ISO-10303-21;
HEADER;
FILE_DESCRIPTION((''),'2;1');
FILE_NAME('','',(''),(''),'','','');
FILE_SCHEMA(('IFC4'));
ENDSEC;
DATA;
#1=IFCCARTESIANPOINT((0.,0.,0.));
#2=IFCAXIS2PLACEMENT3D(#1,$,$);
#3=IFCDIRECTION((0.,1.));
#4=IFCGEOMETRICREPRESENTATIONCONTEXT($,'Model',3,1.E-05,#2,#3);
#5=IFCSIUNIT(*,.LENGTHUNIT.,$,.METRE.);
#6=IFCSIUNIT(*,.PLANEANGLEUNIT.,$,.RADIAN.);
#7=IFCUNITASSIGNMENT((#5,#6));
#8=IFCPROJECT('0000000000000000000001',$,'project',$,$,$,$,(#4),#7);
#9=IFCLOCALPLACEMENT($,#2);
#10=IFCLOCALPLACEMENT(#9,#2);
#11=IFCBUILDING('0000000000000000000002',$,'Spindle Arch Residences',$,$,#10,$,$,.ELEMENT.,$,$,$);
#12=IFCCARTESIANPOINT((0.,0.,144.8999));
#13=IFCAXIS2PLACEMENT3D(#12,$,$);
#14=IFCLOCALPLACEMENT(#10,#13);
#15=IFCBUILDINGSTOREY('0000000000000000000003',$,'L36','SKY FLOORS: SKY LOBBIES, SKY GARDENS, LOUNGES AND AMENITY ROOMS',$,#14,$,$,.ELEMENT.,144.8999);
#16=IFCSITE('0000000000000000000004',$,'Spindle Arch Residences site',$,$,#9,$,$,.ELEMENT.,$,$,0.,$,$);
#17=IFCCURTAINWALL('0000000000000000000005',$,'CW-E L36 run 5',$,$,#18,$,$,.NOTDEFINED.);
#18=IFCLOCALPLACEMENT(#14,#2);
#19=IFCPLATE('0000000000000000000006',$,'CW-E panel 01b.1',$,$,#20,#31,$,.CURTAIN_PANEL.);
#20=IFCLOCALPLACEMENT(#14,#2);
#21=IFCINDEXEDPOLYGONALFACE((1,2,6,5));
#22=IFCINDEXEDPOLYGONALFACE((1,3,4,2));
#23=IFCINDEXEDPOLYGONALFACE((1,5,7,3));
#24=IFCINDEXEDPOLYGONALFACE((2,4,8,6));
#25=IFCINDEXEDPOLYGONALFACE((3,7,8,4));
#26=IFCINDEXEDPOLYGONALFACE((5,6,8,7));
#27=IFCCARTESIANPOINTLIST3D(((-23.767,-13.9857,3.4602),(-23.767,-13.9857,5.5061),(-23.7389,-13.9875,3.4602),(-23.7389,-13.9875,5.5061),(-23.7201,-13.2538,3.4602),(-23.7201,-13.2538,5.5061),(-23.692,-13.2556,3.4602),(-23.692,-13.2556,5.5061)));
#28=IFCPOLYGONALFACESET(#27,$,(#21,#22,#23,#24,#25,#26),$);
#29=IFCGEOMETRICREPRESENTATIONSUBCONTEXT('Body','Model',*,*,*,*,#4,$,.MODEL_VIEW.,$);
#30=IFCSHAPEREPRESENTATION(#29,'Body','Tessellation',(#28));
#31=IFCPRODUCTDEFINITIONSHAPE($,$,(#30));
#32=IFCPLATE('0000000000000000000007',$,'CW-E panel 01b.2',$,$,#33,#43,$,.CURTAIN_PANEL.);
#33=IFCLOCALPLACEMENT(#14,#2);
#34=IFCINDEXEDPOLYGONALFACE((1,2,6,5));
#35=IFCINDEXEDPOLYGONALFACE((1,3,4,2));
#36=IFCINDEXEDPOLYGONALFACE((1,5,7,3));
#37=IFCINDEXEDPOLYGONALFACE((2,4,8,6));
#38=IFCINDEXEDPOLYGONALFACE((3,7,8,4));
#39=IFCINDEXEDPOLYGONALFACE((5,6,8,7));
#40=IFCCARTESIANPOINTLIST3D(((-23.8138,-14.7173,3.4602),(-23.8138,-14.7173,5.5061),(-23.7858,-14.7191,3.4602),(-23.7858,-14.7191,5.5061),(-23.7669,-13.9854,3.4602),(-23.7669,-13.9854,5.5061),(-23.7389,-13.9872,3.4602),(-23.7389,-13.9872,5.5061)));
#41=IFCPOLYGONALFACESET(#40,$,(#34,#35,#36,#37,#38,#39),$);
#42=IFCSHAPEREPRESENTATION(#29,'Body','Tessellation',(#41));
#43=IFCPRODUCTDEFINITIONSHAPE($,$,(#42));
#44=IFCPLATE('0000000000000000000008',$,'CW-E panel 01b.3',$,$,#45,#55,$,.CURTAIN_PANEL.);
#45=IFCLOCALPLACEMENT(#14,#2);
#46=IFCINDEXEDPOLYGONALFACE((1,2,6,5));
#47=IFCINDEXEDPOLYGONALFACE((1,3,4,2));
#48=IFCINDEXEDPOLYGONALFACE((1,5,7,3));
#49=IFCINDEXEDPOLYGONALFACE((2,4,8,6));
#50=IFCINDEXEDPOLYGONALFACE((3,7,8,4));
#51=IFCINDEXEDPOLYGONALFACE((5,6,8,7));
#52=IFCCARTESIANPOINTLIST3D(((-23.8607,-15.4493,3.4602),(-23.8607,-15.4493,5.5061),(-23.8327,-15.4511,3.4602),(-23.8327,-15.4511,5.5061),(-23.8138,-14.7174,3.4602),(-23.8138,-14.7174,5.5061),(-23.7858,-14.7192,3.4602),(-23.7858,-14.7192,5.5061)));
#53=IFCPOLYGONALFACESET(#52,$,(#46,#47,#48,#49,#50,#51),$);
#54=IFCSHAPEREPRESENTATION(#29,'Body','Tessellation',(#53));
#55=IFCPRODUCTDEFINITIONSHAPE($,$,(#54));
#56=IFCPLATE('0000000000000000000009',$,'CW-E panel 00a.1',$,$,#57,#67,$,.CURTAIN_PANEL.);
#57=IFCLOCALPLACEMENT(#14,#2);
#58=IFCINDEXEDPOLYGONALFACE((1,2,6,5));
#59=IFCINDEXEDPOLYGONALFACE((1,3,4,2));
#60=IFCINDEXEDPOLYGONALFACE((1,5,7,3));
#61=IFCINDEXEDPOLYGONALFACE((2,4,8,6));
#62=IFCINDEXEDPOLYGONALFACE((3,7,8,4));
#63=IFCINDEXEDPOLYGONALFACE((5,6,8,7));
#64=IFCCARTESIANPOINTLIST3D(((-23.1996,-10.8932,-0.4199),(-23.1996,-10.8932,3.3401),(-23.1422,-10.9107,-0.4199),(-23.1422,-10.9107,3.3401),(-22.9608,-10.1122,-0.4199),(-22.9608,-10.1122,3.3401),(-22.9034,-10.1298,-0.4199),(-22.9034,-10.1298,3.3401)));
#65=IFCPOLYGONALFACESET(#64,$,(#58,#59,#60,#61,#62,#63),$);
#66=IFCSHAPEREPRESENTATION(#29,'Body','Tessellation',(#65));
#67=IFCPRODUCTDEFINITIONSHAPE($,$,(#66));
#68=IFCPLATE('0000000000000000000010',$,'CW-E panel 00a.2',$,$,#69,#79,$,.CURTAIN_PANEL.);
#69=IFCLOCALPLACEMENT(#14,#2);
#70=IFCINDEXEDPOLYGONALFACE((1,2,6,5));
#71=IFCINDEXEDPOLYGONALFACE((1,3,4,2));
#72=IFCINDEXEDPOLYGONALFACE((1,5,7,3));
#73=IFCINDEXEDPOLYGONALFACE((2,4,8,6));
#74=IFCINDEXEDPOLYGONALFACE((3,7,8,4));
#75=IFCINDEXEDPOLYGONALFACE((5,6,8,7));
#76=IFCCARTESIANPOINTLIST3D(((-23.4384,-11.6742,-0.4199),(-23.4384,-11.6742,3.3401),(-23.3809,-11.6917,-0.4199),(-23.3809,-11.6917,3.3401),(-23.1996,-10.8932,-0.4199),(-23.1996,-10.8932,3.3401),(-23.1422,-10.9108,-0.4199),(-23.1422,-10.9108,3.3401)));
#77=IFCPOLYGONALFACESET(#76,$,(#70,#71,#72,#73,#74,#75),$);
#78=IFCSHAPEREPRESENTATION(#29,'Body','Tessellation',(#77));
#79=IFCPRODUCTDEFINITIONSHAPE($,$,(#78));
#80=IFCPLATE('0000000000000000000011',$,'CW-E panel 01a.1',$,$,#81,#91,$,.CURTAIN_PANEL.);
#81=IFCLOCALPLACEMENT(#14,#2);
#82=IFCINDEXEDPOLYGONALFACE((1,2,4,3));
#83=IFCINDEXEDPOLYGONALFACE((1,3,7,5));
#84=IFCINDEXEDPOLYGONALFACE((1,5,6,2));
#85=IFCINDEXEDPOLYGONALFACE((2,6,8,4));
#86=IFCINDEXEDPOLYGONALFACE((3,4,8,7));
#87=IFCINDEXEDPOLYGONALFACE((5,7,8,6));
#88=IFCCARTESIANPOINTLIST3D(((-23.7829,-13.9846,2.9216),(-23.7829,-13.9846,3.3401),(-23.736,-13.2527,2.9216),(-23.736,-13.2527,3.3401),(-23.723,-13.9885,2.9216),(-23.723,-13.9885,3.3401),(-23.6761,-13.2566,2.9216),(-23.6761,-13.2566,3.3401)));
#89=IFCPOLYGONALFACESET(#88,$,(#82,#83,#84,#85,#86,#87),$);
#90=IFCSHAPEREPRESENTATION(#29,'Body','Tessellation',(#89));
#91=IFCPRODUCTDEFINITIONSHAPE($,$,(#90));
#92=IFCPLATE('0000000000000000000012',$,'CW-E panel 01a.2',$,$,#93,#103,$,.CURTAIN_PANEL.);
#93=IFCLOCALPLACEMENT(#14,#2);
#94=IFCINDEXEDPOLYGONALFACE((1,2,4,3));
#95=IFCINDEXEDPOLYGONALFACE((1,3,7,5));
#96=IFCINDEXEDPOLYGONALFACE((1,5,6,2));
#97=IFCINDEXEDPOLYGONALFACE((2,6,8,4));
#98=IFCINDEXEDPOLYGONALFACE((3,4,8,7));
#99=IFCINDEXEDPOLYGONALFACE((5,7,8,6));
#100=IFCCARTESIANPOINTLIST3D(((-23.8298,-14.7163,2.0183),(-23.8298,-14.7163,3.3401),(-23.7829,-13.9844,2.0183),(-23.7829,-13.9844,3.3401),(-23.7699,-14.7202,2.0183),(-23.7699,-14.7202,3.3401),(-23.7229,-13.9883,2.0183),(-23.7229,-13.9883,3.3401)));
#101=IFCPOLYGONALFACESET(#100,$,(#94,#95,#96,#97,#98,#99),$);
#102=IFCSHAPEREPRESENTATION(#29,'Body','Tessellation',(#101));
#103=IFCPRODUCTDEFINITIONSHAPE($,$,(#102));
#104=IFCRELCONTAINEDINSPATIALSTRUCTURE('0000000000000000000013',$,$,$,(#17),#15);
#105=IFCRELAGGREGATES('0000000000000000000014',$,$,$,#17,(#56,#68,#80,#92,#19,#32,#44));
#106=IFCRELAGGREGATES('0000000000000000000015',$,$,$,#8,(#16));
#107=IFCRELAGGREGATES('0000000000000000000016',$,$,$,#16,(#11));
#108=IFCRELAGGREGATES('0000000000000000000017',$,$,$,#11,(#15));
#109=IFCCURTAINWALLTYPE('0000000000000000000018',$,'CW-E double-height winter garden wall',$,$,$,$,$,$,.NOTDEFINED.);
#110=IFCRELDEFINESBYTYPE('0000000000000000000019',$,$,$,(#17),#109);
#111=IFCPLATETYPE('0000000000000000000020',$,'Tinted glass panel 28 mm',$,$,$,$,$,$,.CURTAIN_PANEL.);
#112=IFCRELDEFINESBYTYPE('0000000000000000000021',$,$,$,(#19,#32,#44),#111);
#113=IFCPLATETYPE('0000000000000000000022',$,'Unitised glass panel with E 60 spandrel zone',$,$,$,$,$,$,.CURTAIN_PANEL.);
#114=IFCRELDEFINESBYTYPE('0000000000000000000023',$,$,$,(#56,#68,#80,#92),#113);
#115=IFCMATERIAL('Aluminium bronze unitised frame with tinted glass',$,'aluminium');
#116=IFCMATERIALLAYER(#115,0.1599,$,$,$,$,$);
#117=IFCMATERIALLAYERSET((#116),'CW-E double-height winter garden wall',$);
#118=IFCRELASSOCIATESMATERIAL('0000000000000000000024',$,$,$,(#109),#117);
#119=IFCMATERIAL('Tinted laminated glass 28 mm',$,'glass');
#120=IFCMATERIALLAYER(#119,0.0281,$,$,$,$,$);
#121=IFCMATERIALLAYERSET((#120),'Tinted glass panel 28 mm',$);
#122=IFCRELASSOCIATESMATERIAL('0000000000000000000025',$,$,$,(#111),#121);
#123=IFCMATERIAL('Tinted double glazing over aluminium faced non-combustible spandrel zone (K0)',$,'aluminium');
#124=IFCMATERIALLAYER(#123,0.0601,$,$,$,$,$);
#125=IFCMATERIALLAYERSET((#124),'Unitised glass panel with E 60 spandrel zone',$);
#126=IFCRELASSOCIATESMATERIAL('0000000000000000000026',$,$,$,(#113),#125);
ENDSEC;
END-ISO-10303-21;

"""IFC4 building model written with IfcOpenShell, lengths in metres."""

from ifc_helpers import new_model, si_unit, direction, frame, origin, origin_2d, place, context, subcontext, project, spatial, rectangle, extrude, material, layer, layer_set, type_object, element, aggregate, save


model = new_model("IFC4")

# Units and contexts
model_context = context("Model", 3, precision=1e-05, world=origin(), true_north=direction((0.0, 1.0)))
body_context = subcontext(model_context, "Body", "Model", "MODEL_VIEW")
ifc_project = project(units=[si_unit("LENGTHUNIT", "METRE"), si_unit("PLANEANGLEUNIT", "RADIAN")], contexts=[model_context])

# Site, building, storey
site_placement = place(None, origin())
site = spatial("IfcSite", under=ifc_project, at=site_placement, Name="Spindle Arch Residences site", CompositionType="ELEMENT", RefElevation=0.0)
building_placement = place(site_placement, origin())
building = spatial("IfcBuilding", under=site, at=building_placement, Name="Spindle Arch Residences", CompositionType="ELEMENT")
storey_placement = place(building_placement, frame((0.0, 0.0, 144.8999)))
storey = spatial("IfcBuildingStorey", under=building, at=storey_placement, Name="L36", Description="SKY FLOORS: SKY LOBBIES, SKY GARDENS, LOUNGES AND AMENITY ROOMS", CompositionType="ELEMENT", Elevation=144.8999)

# Curtain wall
ifc_material_1 = material(Name="Aluminium bronze unitised frame with tinted glass", Category="aluminium")
ifc_layer_1 = layer(ifc_material_1, 0.1599)
ifc_layer_set_1 = layer_set([ifc_layer_1], Name="CW-E double-height winter garden wall")
curtain_wall_type = type_object("IfcCurtainWallType", Name="CW-E double-height winter garden wall", PredefinedType="NOTDEFINED", material=ifc_layer_set_1)
curtain_wall_placement = place(storey_placement, origin())
curtain_wall = element("IfcCurtainWall", 1, at=curtain_wall_placement, inside=storey, type_object=curtain_wall_type, Name="CW-E L36 run 5", PredefinedType="NOTDEFINED")

# Plates
ifc_material_2 = material(Name="Tinted laminated glass 28 mm", Category="glass")
ifc_layer_2 = layer(ifc_material_2, 0.0281)
ifc_layer_set_2 = layer_set([ifc_layer_2], Name="Tinted glass panel 28 mm")
plate_type_1 = type_object("IfcPlateType", Name="Tinted glass panel 28 mm", PredefinedType="CURTAIN_PANEL", material=ifc_layer_set_2)
plate_1_placement = place(storey_placement, frame((-23.7295, -13.6206, 3.4602), z_axis=(0.0, 0.0, 1.0), x_axis=(-0.063952, -0.997953, 0.0)))
plate_1 = element("IfcPlate", 2, at=plate_1_placement, type_object=plate_type_1, Name="CW-E panel 01b.1", PredefinedType="CURTAIN_PANEL", context=body_context, shape_type="SweptSolid", body=[
    extrude(rectangle(XDim=0.7334, YDim=0.0281, at=origin_2d()), origin(), (0.0, 0.0, 1.0), 2.0459),
])
plate_2_placement = place(storey_placement, frame((-23.7764, -14.3523, 3.4602), z_axis=(0.0, 0.0, 1.0), x_axis=(-0.063952, -0.997953, 0.0)))
plate_2 = element("IfcPlate", 3, at=plate_2_placement, type_object=plate_type_1, Name="CW-E panel 01b.2", PredefinedType="CURTAIN_PANEL", context=body_context, shape_type="SweptSolid", body=[
    extrude(rectangle(XDim=0.7334, YDim=0.0281, at=origin_2d()), origin(), (0.0, 0.0, 1.0), 2.0459),
])
plate_3_placement = place(storey_placement, frame((-23.8232, -15.0842, 3.4602), z_axis=(0.0, 0.0, 1.0), x_axis=(-0.063952, -0.997953, 0.0)))
plate_3 = element("IfcPlate", 4, at=plate_3_placement, type_object=plate_type_1, Name="CW-E panel 01b.3", PredefinedType="CURTAIN_PANEL", context=body_context, shape_type="SweptSolid", body=[
    extrude(rectangle(XDim=0.7334, YDim=0.0281, at=origin_2d()), origin(), (0.0, 0.0, 1.0), 2.0459),
])
ifc_material_3 = material(Name="Tinted double glazing over aluminium faced non-combustible spandrel zone (K0)", Category="aluminium")
ifc_layer_3 = layer(ifc_material_3, 0.0601)
ifc_layer_set_3 = layer_set([ifc_layer_3], Name="Unitised glass panel with E 60 spandrel zone")
plate_type_2 = type_object("IfcPlateType", Name="Unitised glass panel with E 60 spandrel zone", PredefinedType="CURTAIN_PANEL", material=ifc_layer_set_3)
plate_4_placement = place(storey_placement, frame((-23.0515, -10.5115, -0.4199), z_axis=(0.0, 0.0, 1.0), x_axis=(-0.292372, -0.956305, 0.0)))
plate_4 = element("IfcPlate", 5, at=plate_4_placement, type_object=plate_type_2, Name="CW-E panel 00a.1", PredefinedType="CURTAIN_PANEL", context=body_context, shape_type="SweptSolid", body=[
    extrude(rectangle(XDim=0.8167, YDim=0.0601, at=origin_2d()), origin(), (0.0, 0.0, 1.0), 3.76),
])
plate_5_placement = place(storey_placement, frame((-23.2903, -11.2925, -0.4199), z_axis=(0.0, 0.0, 1.0), x_axis=(-0.292372, -0.956305, 0.0)))
plate_5 = element("IfcPlate", 6, at=plate_5_placement, type_object=plate_type_2, Name="CW-E panel 00a.2", PredefinedType="CURTAIN_PANEL", context=body_context, shape_type="SweptSolid", body=[
    extrude(rectangle(XDim=0.8167, YDim=0.0601, at=origin_2d()), origin(), (0.0, 0.0, 1.0), 3.76),
])
plate_6_placement = place(storey_placement, frame((-23.7295, -13.6206, 2.9216), z_axis=(0.0, 0.0, 1.0), x_axis=(-0.063952, -0.997953, 0.0)))
plate_6 = element("IfcPlate", 7, at=plate_6_placement, type_object=plate_type_2, Name="CW-E panel 01a.1", PredefinedType="CURTAIN_PANEL", context=body_context, shape_type="SweptSolid", body=[
    extrude(rectangle(XDim=0.7334, YDim=0.0601, at=origin_2d()), origin(), (0.0, 0.0, 1.0), 0.4185),
])
plate_7_placement = place(storey_placement, frame((-23.7764, -14.3523, 2.0183), z_axis=(0.0, 0.0, 1.0), x_axis=(-0.063952, -0.997953, 0.0)))
plate_7 = element("IfcPlate", 8, at=plate_7_placement, type_object=plate_type_2, Name="CW-E panel 01a.2", PredefinedType="CURTAIN_PANEL", context=body_context, shape_type="SweptSolid", body=[
    extrude(rectangle(XDim=0.7334, YDim=0.0601, at=origin_2d()), origin(), (0.0, 0.0, 1.0), 1.3218),
])
aggregate(curtain_wall, [plate_4, plate_5, plate_6, plate_7, plate_1, plate_2, plate_3])

save(model, "model.ifc")
